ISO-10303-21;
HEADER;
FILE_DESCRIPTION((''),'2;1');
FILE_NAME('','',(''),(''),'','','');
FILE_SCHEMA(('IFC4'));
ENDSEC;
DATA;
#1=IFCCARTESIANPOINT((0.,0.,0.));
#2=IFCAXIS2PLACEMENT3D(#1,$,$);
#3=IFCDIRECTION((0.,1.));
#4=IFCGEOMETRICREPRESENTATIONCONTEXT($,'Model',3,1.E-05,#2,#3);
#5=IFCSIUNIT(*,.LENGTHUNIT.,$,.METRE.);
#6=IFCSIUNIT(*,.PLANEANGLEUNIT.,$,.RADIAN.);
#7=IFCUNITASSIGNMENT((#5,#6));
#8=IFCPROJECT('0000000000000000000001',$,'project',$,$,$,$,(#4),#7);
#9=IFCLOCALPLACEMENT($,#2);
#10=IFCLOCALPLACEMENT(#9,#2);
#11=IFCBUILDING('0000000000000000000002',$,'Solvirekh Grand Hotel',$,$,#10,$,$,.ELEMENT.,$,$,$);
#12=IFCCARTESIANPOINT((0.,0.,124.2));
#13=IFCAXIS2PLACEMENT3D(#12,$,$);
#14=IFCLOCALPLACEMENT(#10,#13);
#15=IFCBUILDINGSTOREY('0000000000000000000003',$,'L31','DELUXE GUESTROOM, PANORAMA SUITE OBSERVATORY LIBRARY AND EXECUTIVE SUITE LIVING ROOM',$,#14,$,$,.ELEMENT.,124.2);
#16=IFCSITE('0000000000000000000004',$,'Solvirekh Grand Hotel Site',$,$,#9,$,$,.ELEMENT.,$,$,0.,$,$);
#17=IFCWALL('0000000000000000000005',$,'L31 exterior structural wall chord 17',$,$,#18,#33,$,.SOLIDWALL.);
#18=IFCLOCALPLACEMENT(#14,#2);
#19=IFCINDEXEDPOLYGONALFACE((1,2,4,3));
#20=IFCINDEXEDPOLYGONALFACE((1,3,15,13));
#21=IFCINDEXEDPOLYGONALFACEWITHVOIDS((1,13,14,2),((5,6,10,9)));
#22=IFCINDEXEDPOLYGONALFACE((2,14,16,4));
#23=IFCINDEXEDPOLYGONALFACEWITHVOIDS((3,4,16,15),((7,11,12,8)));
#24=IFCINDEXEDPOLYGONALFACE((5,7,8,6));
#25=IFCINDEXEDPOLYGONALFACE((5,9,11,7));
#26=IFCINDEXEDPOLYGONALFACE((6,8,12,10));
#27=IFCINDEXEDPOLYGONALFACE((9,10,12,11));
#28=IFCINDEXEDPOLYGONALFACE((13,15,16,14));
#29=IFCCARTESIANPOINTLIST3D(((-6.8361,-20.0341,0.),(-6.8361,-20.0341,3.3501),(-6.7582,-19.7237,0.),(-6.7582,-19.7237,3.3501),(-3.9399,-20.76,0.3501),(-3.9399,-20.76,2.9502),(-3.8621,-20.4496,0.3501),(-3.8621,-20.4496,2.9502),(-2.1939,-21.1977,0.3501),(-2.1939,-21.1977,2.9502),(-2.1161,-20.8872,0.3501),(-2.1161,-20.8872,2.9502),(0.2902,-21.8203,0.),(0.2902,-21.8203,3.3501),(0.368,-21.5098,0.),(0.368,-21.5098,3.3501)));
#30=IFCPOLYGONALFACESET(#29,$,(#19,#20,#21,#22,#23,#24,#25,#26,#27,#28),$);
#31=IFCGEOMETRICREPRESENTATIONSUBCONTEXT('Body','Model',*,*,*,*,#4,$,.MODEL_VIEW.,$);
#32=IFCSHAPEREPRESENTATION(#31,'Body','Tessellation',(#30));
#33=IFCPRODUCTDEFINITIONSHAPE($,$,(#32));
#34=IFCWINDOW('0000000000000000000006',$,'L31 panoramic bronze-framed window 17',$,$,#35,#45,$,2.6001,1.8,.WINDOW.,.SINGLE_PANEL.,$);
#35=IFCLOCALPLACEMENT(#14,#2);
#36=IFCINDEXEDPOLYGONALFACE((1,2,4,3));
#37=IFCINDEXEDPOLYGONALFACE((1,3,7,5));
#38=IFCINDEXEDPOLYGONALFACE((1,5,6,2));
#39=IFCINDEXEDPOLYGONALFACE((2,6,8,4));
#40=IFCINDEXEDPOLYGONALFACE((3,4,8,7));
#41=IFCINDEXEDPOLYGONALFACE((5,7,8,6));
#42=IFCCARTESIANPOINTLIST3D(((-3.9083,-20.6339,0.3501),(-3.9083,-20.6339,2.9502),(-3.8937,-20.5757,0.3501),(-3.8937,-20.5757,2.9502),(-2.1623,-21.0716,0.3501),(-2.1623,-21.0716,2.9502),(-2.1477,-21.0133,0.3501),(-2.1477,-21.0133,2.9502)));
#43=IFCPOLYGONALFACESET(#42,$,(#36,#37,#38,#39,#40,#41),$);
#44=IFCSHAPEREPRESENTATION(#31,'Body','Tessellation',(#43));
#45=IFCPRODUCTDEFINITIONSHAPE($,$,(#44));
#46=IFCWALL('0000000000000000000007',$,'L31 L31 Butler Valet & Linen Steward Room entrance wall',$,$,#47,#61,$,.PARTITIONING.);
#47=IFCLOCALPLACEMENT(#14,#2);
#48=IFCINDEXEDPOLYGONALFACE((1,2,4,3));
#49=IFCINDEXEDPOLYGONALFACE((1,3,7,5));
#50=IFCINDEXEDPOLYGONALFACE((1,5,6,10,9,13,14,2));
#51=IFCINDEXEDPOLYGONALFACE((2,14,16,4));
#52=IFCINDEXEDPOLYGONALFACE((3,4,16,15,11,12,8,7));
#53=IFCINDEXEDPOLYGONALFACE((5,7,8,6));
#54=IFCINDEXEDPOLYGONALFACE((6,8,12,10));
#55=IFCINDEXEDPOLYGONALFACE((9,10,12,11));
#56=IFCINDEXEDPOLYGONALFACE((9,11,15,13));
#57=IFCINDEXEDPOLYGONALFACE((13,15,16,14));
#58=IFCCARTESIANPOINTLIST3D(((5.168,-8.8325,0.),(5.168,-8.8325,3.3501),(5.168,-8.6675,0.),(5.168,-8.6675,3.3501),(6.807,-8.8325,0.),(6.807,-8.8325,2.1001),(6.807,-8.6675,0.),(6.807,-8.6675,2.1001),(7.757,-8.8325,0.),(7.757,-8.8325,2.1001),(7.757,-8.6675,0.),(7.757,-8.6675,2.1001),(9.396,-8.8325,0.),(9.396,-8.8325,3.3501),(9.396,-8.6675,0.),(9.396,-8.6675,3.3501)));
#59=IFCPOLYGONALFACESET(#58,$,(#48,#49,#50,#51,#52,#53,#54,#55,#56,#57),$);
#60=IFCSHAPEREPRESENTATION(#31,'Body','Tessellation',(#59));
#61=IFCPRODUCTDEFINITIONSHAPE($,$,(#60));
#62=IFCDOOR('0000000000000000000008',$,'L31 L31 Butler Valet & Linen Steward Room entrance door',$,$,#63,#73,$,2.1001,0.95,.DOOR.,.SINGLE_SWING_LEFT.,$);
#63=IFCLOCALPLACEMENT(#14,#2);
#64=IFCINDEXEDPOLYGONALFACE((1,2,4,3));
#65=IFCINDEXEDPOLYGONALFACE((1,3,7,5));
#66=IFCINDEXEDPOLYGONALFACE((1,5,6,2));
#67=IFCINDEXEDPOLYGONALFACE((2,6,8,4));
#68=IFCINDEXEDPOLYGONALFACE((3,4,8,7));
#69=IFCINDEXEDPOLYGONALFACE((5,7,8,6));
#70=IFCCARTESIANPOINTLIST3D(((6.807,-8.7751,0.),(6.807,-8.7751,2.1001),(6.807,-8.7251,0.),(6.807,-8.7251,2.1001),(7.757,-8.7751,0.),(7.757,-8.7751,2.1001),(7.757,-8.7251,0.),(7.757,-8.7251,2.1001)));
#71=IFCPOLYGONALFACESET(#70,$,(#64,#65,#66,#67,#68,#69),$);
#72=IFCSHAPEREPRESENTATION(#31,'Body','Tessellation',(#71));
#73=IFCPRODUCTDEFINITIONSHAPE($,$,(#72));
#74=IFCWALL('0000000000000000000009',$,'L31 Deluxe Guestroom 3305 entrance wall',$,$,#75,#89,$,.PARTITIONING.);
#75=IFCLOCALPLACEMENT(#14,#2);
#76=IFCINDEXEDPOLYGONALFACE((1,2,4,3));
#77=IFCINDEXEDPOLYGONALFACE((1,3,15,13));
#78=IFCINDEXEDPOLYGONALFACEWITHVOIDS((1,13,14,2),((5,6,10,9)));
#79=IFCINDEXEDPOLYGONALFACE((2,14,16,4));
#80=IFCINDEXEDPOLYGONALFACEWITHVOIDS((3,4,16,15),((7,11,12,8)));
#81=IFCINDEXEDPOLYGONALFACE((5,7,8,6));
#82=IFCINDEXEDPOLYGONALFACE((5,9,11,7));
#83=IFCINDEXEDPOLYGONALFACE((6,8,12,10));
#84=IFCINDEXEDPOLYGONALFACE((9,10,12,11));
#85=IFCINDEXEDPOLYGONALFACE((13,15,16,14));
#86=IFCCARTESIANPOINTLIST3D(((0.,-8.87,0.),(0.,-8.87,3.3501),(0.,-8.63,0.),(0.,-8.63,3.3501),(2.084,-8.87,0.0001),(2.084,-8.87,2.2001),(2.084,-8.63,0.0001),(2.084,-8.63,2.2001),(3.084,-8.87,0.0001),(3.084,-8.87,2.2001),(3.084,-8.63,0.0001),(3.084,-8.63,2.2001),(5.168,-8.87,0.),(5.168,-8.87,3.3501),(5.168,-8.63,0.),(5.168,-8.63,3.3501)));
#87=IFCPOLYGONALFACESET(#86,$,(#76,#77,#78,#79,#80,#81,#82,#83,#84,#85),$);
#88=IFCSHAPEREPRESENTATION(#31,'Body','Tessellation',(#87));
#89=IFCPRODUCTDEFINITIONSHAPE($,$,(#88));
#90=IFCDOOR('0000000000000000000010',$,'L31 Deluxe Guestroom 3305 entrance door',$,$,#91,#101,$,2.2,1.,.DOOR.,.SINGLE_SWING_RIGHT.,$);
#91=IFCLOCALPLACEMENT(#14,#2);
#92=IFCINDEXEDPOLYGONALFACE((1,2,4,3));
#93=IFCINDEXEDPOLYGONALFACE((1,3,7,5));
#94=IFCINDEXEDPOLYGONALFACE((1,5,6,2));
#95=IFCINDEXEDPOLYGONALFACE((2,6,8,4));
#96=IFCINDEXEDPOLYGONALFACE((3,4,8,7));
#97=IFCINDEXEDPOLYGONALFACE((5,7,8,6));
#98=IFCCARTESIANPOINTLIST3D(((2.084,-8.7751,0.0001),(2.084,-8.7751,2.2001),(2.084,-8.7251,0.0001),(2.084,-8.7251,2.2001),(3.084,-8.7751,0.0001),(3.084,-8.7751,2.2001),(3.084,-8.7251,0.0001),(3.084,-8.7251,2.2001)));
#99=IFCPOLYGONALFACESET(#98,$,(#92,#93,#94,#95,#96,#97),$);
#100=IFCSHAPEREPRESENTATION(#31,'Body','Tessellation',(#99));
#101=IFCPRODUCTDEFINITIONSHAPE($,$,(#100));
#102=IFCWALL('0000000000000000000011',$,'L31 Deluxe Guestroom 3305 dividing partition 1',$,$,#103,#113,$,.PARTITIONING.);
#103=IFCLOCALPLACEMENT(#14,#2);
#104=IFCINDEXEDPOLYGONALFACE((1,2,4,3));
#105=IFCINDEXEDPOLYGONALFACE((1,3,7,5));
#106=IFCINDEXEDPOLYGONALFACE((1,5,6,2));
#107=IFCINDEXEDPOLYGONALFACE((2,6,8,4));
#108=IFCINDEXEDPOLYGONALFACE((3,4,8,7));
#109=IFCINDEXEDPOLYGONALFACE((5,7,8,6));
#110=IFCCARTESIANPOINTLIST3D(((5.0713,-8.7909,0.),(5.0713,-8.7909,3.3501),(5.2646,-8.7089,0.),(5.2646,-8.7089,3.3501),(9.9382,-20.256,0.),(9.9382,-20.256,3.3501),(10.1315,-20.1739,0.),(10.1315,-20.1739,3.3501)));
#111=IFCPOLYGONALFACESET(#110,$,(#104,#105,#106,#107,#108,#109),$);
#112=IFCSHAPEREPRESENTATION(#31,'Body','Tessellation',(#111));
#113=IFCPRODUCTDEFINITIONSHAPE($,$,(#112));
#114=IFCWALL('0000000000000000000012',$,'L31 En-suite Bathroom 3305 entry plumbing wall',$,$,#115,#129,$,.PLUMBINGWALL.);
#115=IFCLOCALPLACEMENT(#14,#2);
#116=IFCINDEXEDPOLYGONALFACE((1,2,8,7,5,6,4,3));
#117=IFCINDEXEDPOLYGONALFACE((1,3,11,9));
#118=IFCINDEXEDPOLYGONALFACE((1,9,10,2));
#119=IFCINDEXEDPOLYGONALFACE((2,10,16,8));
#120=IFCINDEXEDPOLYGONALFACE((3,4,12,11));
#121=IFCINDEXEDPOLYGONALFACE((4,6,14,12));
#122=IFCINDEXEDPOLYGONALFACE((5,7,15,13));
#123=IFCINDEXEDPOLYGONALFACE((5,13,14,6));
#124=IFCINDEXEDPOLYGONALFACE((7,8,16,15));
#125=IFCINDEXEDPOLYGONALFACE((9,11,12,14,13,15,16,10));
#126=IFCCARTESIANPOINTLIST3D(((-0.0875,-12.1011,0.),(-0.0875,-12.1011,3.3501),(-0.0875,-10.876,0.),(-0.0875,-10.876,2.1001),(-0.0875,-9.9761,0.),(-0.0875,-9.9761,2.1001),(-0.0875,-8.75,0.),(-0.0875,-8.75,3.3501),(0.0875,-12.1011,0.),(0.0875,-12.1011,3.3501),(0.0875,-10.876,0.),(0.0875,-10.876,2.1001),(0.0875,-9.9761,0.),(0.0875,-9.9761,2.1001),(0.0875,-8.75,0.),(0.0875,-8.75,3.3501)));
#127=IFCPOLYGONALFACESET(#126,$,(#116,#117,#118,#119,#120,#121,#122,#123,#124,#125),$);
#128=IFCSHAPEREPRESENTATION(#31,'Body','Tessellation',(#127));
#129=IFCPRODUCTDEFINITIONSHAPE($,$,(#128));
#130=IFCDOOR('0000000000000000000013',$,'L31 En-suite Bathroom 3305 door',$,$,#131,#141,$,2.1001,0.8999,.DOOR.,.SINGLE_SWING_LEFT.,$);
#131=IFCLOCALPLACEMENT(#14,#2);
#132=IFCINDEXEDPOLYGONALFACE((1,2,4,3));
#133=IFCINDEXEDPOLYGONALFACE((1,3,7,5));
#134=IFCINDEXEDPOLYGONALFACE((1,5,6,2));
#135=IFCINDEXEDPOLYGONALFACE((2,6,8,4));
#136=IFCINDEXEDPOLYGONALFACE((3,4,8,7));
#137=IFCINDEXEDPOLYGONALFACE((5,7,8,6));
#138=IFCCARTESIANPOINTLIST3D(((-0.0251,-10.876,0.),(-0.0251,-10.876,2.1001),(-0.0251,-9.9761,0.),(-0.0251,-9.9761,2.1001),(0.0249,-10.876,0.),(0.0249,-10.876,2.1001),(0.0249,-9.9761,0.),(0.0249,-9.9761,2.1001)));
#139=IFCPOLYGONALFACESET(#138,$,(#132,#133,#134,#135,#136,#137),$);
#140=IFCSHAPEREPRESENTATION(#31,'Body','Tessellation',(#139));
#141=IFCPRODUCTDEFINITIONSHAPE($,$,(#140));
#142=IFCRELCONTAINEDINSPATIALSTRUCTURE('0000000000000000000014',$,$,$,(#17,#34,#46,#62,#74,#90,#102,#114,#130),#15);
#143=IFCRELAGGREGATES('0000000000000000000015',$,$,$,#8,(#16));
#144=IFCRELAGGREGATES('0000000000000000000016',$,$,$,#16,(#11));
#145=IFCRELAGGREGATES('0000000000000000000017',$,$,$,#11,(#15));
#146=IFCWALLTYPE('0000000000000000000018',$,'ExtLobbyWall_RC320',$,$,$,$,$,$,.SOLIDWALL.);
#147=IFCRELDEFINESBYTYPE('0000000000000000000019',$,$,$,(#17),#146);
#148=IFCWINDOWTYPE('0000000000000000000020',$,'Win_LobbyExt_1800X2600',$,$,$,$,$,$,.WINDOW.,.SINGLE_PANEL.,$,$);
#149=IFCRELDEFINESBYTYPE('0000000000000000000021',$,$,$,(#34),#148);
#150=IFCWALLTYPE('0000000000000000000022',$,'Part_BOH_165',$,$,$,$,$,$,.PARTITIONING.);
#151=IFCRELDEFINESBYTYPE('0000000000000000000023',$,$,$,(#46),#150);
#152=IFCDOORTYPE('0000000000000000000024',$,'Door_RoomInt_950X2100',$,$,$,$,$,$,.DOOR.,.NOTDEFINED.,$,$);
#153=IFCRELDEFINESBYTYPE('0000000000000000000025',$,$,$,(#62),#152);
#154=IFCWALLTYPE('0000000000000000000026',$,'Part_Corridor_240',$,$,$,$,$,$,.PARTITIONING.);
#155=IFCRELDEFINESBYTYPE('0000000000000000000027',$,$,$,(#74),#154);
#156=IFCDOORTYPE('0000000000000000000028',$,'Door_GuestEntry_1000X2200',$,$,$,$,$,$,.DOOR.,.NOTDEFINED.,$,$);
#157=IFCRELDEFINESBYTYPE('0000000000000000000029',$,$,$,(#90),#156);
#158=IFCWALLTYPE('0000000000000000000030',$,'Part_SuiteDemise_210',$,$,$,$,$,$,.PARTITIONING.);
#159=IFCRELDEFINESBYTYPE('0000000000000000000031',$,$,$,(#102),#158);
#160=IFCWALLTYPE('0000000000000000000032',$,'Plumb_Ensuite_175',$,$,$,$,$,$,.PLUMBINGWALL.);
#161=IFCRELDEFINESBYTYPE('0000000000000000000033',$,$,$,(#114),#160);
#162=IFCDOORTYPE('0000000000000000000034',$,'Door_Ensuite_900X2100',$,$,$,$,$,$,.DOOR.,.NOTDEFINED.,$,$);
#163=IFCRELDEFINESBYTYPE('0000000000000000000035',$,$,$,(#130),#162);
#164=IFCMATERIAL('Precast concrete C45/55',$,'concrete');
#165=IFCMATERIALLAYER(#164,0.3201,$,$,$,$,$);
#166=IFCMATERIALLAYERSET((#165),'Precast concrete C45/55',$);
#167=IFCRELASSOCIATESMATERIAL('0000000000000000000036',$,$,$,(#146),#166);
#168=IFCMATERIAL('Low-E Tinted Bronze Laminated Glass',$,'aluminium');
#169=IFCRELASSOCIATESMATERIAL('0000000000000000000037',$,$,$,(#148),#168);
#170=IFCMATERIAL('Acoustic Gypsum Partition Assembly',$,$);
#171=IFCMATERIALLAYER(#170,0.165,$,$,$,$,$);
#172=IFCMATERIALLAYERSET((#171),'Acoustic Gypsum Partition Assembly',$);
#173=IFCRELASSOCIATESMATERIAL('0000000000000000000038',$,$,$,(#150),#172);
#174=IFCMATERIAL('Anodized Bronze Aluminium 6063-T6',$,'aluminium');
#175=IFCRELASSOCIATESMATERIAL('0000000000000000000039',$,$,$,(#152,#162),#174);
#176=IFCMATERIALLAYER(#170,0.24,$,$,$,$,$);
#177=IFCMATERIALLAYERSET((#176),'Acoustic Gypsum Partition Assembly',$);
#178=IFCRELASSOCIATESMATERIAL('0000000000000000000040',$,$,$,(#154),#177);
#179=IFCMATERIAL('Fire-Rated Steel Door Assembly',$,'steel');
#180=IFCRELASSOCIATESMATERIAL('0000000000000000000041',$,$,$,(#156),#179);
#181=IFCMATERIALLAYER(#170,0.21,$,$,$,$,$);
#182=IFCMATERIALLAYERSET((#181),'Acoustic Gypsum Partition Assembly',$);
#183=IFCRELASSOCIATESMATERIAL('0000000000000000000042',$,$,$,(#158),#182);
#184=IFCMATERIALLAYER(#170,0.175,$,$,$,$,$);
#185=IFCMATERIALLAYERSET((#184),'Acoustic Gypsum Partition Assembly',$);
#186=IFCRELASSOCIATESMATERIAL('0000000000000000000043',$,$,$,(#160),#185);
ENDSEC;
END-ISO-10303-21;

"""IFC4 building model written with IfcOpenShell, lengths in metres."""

from ifc_helpers import new_model, si_unit, direction, frame, frame_2d, origin, place, context, subcontext, project, spatial, rectangle, extrude, material, layer, layer_set, type_object, element, fill, save


model = new_model("IFC4")

# Units and contexts
model_context = context("Model", 3, precision=1e-05, world=origin(), true_north=direction((0.0, 1.0)))
body_context = subcontext(model_context, "Body", "Model", "MODEL_VIEW")
ifc_project = project(units=[si_unit("LENGTHUNIT", "METRE"), si_unit("PLANEANGLEUNIT", "RADIAN")], contexts=[model_context])

# Site, building, storey
site_placement = place(None, origin())
site = spatial("IfcSite", under=ifc_project, at=site_placement, Name="Solvirekh Grand Hotel Site", CompositionType="ELEMENT", RefElevation=0.0)
building_placement = place(site_placement, origin())
building = spatial("IfcBuilding", under=site, at=building_placement, Name="Solvirekh Grand Hotel", CompositionType="ELEMENT")
storey_placement = place(building_placement, frame((0.0, 0.0, 124.2)))
storey = spatial("IfcBuildingStorey", under=building, at=storey_placement, Name="L31", Description="DELUXE GUESTROOM, PANORAMA SUITE OBSERVATORY LIBRARY AND EXECUTIVE SUITE LIVING ROOM", CompositionType="ELEMENT", Elevation=124.2)

# Shared definitions
ifc_material_1 = material(Name="Anodized Bronze Aluminium 6063-T6", Category="aluminium")
ifc_material_2 = material(Name="Low-E Tinted Bronze Laminated Glass", Category="aluminium")

# Wall, opening, window
ifc_material_3 = material(Name="Precast concrete C45/55", Category="concrete")
ifc_layer_1 = layer(ifc_material_3, 0.3201)
ifc_layer_set_1 = layer_set([ifc_layer_1], Name="Precast concrete C45/55")
wall_type_1 = type_object("IfcWallType", Name="ExtLobbyWall_RC320", PredefinedType="SOLIDWALL", material=ifc_layer_set_1)
wall_1_placement = place(storey_placement, frame((0.3291, -21.665, 0.0), z_axis=(0.0, 0.0, 1.0), x_axis=(-0.969996, 0.243122, 0.0)))
wall_1 = element("IfcWall", 1, at=wall_1_placement, inside=storey, type_object=wall_type_1, Name="L31 exterior structural wall chord 17", PredefinedType="SOLIDWALL", context=body_context, shape_type="SweptSolid", body=[
    extrude(rectangle(XDim=7.3467, YDim=0.3201, at=frame_2d((3.6733, 0.0))), origin(), (0.0, 0.0, 1.0), 3.3501),
])
opening_1_placement = place(wall_1_placement, frame((2.561, 0.0, 0.3501)))
opening_1 = element("IfcOpeningElement", 2, at=opening_1_placement, cuts=wall_1, PredefinedType="OPENING", context=body_context, shape_type="SweptSolid", body=[
    extrude(rectangle(XDim=1.8, YDim=2.6001, at=frame_2d((0.8999, 1.3))), frame((0.0, 0.1699, 0.0), z_axis=(0.0, -1.0, 0.0), x_axis=(1.0, 0.0, 0.0)), (0.0, 0.0, 1.0), 0.3401),
])
window_type = type_object("IfcWindowType", Name="Win_LobbyExt_1800X2600", PartitioningType="SINGLE_PANEL", PredefinedType="WINDOW", material=ifc_material_2)
window_placement = place(opening_1_placement, origin())
window = element("IfcWindow", 3, at=window_placement, inside=storey, type_object=window_type, Name="L31 panoramic bronze-framed window 17", OverallHeight=2.6001, OverallWidth=1.8, PartitioningType="SINGLE_PANEL", PredefinedType="WINDOW", context=body_context, shape_type="SweptSolid", body=[
    extrude(rectangle(XDim=1.8, YDim=2.6001, at=frame_2d((0.8999, 1.3))), frame((0.0, 0.03, 0.0), z_axis=(0.0, -1.0, 0.0), x_axis=(1.0, 0.0, 0.0)), (0.0, 0.0, 1.0), 0.0601),
])
fill(opening_1, window)

# Walls, openings, doors
ifc_material_4 = material(Name="Acoustic Gypsum Partition Assembly")
ifc_layer_2 = layer(ifc_material_4, 0.165)
ifc_layer_set_2 = layer_set([ifc_layer_2], Name="Acoustic Gypsum Partition Assembly")
wall_type_2 = type_object("IfcWallType", Name="Part_BOH_165", PredefinedType="PARTITIONING", material=ifc_layer_set_2)
wall_2_placement = place(storey_placement, frame((5.168, -8.75, 0.0), z_axis=(0.0, 0.0, 1.0), x_axis=(1.0, 0.0, 0.0)))
wall_2 = element("IfcWall", 4, at=wall_2_placement, inside=storey, type_object=wall_type_2, Name="L31 L31 Butler Valet & Linen Steward Room entrance wall", PredefinedType="PARTITIONING", context=body_context, shape_type="SweptSolid", body=[
    extrude(rectangle(XDim=4.228, YDim=0.165, at=frame_2d((2.114, 0.0))), origin(), (0.0, 0.0, 1.0), 3.3501),
])
opening_2_placement = place(wall_2_placement, frame((1.6389, 0.0, 0.0)))
opening_2 = element("IfcOpeningElement", 5, at=opening_2_placement, cuts=wall_2, PredefinedType="OPENING", context=body_context, shape_type="SweptSolid", body=[
    extrude(rectangle(XDim=0.95, YDim=2.1001, at=frame_2d((0.4751, 1.05))), frame((0.0, 0.0925, 0.0), z_axis=(0.0, -1.0, 0.0), x_axis=(1.0, 0.0, 0.0)), (0.0, 0.0, 1.0), 0.1851),
])
door_type_1 = type_object("IfcDoorType", Name="Door_RoomInt_950X2100", OperationType="NOTDEFINED", PredefinedType="DOOR", material=ifc_material_1)
door_1_placement = place(opening_2_placement, origin())
door_1 = element("IfcDoor", 6, at=door_1_placement, inside=storey, type_object=door_type_1, Name="L31 L31 Butler Valet & Linen Steward Room entrance door", OperationType="SINGLE_SWING_LEFT", OverallHeight=2.1001, OverallWidth=0.95, PredefinedType="DOOR", context=body_context, shape_type="SweptSolid", body=[
    extrude(rectangle(XDim=0.95, YDim=2.1001, at=frame_2d((0.4751, 1.05))), frame((0.0, 0.0249, 0.0), z_axis=(0.0, -1.0, 0.0), x_axis=(1.0, 0.0, 0.0)), (0.0, 0.0, 1.0), 0.05),
])
fill(opening_2, door_1)
ifc_layer_3 = layer(ifc_material_4, 0.24)
ifc_layer_set_3 = layer_set([ifc_layer_3], Name="Acoustic Gypsum Partition Assembly")
wall_type_3 = type_object("IfcWallType", Name="Part_Corridor_240", PredefinedType="PARTITIONING", material=ifc_layer_set_3)
wall_3_placement = place(storey_placement, frame((0.0, -8.75, 0.0), z_axis=(0.0, 0.0, 1.0), x_axis=(1.0, 0.0, 0.0)))
wall_3 = element("IfcWall", 7, at=wall_3_placement, inside=storey, type_object=wall_type_3, Name="L31 Deluxe Guestroom 3305 entrance wall", PredefinedType="PARTITIONING", context=body_context, shape_type="SweptSolid", body=[
    extrude(rectangle(XDim=5.168, YDim=0.24, at=frame_2d((2.584, 0.0))), origin(), (0.0, 0.0, 1.0), 3.3501),
])
opening_3_placement = place(wall_3_placement, frame((2.084, 0.0, 0.0)))
opening_3 = element("IfcOpeningElement", 8, at=opening_3_placement, cuts=wall_3, PredefinedType="OPENING", context=body_context, shape_type="SweptSolid", body=[
    extrude(rectangle(XDim=1.0, YDim=2.2, at=frame_2d((0.5, 1.1001))), frame((0.0, 0.1299, 0.0), z_axis=(0.0, -1.0, 0.0), x_axis=(1.0, 0.0, 0.0)), (0.0, 0.0, 1.0), 0.26),
])
ifc_material_5 = material(Name="Fire-Rated Steel Door Assembly", Category="steel")
door_type_2 = type_object("IfcDoorType", Name="Door_GuestEntry_1000X2200", OperationType="NOTDEFINED", PredefinedType="DOOR", material=ifc_material_5)
door_2_placement = place(opening_3_placement, origin())
door_2 = element("IfcDoor", 9, at=door_2_placement, inside=storey, type_object=door_type_2, Name="L31 Deluxe Guestroom 3305 entrance door", OperationType="SINGLE_SWING_RIGHT", OverallHeight=2.2, OverallWidth=1.0, PredefinedType="DOOR", context=body_context, shape_type="SweptSolid", body=[
    extrude(rectangle(XDim=1.0, YDim=2.2, at=frame_2d((0.5, 1.1001))), frame((0.0, 0.0249, 0.0), z_axis=(0.0, -1.0, 0.0), x_axis=(1.0, 0.0, 0.0)), (0.0, 0.0, 1.0), 0.05),
])
fill(opening_3, door_2)

# Wall
ifc_layer_4 = layer(ifc_material_4, 0.21)
ifc_layer_set_4 = layer_set([ifc_layer_4], Name="Acoustic Gypsum Partition Assembly")
wall_type_4 = type_object("IfcWallType", Name="Part_SuiteDemise_210", PredefinedType="PARTITIONING", material=ifc_layer_set_4)
wall_4_placement = place(storey_placement, frame((5.168, -8.75, 0.0), z_axis=(0.0, 0.0, 1.0), x_axis=(0.390752, -0.920496, 0.0)))
element("IfcWall", 10, at=wall_4_placement, inside=storey, type_object=wall_type_4, Name="L31 Deluxe Guestroom 3305 dividing partition 1", PredefinedType="PARTITIONING", context=body_context, shape_type="SweptSolid", body=[
    extrude(rectangle(XDim=12.4553, YDim=0.21, at=frame_2d((6.2275, 0.0))), origin(), (0.0, 0.0, 1.0), 3.3501),
])

# Wall, opening, door
ifc_layer_5 = layer(ifc_material_4, 0.175)
ifc_layer_set_5 = layer_set([ifc_layer_5], Name="Acoustic Gypsum Partition Assembly")
wall_type_5 = type_object("IfcWallType", Name="Plumb_Ensuite_175", PredefinedType="PLUMBINGWALL", material=ifc_layer_set_5)
wall_5_placement = place(storey_placement, frame((0.0, -8.75, 0.0), z_axis=(0.0, 0.0, 1.0), x_axis=(0.0, -1.0, 0.0)))
wall_5 = element("IfcWall", 11, at=wall_5_placement, inside=storey, type_object=wall_type_5, Name="L31 En-suite Bathroom 3305 entry plumbing wall", PredefinedType="PLUMBINGWALL", context=body_context, shape_type="SweptSolid", body=[
    extrude(rectangle(XDim=3.3511, YDim=0.175, at=frame_2d((1.6755, 0.0))), origin(), (0.0, 0.0, 1.0), 3.3501),
])
opening_4_placement = place(wall_5_placement, frame((1.2261, 0.0, 0.0)))
opening_4 = element("IfcOpeningElement", 12, at=opening_4_placement, cuts=wall_5, PredefinedType="OPENING", context=body_context, shape_type="SweptSolid", body=[
    extrude(rectangle(XDim=0.8999, YDim=2.1001, at=frame_2d((0.45, 1.05))), frame((0.0, 0.0977, 0.0), z_axis=(0.0, -1.0, 0.0), x_axis=(1.0, 0.0, 0.0)), (0.0, 0.0, 1.0), 0.1951),
])
door_type_3 = type_object("IfcDoorType", Name="Door_Ensuite_900X2100", OperationType="NOTDEFINED", PredefinedType="DOOR", material=ifc_material_1)
door_3_placement = place(opening_4_placement, origin())
door_3 = element("IfcDoor", 13, at=door_3_placement, inside=storey, type_object=door_type_3, Name="L31 En-suite Bathroom 3305 door", OperationType="SINGLE_SWING_LEFT", OverallHeight=2.1001, OverallWidth=0.8999, PredefinedType="DOOR", context=body_context, shape_type="SweptSolid", body=[
    extrude(rectangle(XDim=0.8999, YDim=2.1001, at=frame_2d((0.45, 1.05))), frame((0.0, 0.0249, 0.0), z_axis=(0.0, -1.0, 0.0), x_axis=(1.0, 0.0, 0.0)), (0.0, 0.0, 1.0), 0.05),
])
fill(opening_4, door_3)

save(model, "model.ifc")
